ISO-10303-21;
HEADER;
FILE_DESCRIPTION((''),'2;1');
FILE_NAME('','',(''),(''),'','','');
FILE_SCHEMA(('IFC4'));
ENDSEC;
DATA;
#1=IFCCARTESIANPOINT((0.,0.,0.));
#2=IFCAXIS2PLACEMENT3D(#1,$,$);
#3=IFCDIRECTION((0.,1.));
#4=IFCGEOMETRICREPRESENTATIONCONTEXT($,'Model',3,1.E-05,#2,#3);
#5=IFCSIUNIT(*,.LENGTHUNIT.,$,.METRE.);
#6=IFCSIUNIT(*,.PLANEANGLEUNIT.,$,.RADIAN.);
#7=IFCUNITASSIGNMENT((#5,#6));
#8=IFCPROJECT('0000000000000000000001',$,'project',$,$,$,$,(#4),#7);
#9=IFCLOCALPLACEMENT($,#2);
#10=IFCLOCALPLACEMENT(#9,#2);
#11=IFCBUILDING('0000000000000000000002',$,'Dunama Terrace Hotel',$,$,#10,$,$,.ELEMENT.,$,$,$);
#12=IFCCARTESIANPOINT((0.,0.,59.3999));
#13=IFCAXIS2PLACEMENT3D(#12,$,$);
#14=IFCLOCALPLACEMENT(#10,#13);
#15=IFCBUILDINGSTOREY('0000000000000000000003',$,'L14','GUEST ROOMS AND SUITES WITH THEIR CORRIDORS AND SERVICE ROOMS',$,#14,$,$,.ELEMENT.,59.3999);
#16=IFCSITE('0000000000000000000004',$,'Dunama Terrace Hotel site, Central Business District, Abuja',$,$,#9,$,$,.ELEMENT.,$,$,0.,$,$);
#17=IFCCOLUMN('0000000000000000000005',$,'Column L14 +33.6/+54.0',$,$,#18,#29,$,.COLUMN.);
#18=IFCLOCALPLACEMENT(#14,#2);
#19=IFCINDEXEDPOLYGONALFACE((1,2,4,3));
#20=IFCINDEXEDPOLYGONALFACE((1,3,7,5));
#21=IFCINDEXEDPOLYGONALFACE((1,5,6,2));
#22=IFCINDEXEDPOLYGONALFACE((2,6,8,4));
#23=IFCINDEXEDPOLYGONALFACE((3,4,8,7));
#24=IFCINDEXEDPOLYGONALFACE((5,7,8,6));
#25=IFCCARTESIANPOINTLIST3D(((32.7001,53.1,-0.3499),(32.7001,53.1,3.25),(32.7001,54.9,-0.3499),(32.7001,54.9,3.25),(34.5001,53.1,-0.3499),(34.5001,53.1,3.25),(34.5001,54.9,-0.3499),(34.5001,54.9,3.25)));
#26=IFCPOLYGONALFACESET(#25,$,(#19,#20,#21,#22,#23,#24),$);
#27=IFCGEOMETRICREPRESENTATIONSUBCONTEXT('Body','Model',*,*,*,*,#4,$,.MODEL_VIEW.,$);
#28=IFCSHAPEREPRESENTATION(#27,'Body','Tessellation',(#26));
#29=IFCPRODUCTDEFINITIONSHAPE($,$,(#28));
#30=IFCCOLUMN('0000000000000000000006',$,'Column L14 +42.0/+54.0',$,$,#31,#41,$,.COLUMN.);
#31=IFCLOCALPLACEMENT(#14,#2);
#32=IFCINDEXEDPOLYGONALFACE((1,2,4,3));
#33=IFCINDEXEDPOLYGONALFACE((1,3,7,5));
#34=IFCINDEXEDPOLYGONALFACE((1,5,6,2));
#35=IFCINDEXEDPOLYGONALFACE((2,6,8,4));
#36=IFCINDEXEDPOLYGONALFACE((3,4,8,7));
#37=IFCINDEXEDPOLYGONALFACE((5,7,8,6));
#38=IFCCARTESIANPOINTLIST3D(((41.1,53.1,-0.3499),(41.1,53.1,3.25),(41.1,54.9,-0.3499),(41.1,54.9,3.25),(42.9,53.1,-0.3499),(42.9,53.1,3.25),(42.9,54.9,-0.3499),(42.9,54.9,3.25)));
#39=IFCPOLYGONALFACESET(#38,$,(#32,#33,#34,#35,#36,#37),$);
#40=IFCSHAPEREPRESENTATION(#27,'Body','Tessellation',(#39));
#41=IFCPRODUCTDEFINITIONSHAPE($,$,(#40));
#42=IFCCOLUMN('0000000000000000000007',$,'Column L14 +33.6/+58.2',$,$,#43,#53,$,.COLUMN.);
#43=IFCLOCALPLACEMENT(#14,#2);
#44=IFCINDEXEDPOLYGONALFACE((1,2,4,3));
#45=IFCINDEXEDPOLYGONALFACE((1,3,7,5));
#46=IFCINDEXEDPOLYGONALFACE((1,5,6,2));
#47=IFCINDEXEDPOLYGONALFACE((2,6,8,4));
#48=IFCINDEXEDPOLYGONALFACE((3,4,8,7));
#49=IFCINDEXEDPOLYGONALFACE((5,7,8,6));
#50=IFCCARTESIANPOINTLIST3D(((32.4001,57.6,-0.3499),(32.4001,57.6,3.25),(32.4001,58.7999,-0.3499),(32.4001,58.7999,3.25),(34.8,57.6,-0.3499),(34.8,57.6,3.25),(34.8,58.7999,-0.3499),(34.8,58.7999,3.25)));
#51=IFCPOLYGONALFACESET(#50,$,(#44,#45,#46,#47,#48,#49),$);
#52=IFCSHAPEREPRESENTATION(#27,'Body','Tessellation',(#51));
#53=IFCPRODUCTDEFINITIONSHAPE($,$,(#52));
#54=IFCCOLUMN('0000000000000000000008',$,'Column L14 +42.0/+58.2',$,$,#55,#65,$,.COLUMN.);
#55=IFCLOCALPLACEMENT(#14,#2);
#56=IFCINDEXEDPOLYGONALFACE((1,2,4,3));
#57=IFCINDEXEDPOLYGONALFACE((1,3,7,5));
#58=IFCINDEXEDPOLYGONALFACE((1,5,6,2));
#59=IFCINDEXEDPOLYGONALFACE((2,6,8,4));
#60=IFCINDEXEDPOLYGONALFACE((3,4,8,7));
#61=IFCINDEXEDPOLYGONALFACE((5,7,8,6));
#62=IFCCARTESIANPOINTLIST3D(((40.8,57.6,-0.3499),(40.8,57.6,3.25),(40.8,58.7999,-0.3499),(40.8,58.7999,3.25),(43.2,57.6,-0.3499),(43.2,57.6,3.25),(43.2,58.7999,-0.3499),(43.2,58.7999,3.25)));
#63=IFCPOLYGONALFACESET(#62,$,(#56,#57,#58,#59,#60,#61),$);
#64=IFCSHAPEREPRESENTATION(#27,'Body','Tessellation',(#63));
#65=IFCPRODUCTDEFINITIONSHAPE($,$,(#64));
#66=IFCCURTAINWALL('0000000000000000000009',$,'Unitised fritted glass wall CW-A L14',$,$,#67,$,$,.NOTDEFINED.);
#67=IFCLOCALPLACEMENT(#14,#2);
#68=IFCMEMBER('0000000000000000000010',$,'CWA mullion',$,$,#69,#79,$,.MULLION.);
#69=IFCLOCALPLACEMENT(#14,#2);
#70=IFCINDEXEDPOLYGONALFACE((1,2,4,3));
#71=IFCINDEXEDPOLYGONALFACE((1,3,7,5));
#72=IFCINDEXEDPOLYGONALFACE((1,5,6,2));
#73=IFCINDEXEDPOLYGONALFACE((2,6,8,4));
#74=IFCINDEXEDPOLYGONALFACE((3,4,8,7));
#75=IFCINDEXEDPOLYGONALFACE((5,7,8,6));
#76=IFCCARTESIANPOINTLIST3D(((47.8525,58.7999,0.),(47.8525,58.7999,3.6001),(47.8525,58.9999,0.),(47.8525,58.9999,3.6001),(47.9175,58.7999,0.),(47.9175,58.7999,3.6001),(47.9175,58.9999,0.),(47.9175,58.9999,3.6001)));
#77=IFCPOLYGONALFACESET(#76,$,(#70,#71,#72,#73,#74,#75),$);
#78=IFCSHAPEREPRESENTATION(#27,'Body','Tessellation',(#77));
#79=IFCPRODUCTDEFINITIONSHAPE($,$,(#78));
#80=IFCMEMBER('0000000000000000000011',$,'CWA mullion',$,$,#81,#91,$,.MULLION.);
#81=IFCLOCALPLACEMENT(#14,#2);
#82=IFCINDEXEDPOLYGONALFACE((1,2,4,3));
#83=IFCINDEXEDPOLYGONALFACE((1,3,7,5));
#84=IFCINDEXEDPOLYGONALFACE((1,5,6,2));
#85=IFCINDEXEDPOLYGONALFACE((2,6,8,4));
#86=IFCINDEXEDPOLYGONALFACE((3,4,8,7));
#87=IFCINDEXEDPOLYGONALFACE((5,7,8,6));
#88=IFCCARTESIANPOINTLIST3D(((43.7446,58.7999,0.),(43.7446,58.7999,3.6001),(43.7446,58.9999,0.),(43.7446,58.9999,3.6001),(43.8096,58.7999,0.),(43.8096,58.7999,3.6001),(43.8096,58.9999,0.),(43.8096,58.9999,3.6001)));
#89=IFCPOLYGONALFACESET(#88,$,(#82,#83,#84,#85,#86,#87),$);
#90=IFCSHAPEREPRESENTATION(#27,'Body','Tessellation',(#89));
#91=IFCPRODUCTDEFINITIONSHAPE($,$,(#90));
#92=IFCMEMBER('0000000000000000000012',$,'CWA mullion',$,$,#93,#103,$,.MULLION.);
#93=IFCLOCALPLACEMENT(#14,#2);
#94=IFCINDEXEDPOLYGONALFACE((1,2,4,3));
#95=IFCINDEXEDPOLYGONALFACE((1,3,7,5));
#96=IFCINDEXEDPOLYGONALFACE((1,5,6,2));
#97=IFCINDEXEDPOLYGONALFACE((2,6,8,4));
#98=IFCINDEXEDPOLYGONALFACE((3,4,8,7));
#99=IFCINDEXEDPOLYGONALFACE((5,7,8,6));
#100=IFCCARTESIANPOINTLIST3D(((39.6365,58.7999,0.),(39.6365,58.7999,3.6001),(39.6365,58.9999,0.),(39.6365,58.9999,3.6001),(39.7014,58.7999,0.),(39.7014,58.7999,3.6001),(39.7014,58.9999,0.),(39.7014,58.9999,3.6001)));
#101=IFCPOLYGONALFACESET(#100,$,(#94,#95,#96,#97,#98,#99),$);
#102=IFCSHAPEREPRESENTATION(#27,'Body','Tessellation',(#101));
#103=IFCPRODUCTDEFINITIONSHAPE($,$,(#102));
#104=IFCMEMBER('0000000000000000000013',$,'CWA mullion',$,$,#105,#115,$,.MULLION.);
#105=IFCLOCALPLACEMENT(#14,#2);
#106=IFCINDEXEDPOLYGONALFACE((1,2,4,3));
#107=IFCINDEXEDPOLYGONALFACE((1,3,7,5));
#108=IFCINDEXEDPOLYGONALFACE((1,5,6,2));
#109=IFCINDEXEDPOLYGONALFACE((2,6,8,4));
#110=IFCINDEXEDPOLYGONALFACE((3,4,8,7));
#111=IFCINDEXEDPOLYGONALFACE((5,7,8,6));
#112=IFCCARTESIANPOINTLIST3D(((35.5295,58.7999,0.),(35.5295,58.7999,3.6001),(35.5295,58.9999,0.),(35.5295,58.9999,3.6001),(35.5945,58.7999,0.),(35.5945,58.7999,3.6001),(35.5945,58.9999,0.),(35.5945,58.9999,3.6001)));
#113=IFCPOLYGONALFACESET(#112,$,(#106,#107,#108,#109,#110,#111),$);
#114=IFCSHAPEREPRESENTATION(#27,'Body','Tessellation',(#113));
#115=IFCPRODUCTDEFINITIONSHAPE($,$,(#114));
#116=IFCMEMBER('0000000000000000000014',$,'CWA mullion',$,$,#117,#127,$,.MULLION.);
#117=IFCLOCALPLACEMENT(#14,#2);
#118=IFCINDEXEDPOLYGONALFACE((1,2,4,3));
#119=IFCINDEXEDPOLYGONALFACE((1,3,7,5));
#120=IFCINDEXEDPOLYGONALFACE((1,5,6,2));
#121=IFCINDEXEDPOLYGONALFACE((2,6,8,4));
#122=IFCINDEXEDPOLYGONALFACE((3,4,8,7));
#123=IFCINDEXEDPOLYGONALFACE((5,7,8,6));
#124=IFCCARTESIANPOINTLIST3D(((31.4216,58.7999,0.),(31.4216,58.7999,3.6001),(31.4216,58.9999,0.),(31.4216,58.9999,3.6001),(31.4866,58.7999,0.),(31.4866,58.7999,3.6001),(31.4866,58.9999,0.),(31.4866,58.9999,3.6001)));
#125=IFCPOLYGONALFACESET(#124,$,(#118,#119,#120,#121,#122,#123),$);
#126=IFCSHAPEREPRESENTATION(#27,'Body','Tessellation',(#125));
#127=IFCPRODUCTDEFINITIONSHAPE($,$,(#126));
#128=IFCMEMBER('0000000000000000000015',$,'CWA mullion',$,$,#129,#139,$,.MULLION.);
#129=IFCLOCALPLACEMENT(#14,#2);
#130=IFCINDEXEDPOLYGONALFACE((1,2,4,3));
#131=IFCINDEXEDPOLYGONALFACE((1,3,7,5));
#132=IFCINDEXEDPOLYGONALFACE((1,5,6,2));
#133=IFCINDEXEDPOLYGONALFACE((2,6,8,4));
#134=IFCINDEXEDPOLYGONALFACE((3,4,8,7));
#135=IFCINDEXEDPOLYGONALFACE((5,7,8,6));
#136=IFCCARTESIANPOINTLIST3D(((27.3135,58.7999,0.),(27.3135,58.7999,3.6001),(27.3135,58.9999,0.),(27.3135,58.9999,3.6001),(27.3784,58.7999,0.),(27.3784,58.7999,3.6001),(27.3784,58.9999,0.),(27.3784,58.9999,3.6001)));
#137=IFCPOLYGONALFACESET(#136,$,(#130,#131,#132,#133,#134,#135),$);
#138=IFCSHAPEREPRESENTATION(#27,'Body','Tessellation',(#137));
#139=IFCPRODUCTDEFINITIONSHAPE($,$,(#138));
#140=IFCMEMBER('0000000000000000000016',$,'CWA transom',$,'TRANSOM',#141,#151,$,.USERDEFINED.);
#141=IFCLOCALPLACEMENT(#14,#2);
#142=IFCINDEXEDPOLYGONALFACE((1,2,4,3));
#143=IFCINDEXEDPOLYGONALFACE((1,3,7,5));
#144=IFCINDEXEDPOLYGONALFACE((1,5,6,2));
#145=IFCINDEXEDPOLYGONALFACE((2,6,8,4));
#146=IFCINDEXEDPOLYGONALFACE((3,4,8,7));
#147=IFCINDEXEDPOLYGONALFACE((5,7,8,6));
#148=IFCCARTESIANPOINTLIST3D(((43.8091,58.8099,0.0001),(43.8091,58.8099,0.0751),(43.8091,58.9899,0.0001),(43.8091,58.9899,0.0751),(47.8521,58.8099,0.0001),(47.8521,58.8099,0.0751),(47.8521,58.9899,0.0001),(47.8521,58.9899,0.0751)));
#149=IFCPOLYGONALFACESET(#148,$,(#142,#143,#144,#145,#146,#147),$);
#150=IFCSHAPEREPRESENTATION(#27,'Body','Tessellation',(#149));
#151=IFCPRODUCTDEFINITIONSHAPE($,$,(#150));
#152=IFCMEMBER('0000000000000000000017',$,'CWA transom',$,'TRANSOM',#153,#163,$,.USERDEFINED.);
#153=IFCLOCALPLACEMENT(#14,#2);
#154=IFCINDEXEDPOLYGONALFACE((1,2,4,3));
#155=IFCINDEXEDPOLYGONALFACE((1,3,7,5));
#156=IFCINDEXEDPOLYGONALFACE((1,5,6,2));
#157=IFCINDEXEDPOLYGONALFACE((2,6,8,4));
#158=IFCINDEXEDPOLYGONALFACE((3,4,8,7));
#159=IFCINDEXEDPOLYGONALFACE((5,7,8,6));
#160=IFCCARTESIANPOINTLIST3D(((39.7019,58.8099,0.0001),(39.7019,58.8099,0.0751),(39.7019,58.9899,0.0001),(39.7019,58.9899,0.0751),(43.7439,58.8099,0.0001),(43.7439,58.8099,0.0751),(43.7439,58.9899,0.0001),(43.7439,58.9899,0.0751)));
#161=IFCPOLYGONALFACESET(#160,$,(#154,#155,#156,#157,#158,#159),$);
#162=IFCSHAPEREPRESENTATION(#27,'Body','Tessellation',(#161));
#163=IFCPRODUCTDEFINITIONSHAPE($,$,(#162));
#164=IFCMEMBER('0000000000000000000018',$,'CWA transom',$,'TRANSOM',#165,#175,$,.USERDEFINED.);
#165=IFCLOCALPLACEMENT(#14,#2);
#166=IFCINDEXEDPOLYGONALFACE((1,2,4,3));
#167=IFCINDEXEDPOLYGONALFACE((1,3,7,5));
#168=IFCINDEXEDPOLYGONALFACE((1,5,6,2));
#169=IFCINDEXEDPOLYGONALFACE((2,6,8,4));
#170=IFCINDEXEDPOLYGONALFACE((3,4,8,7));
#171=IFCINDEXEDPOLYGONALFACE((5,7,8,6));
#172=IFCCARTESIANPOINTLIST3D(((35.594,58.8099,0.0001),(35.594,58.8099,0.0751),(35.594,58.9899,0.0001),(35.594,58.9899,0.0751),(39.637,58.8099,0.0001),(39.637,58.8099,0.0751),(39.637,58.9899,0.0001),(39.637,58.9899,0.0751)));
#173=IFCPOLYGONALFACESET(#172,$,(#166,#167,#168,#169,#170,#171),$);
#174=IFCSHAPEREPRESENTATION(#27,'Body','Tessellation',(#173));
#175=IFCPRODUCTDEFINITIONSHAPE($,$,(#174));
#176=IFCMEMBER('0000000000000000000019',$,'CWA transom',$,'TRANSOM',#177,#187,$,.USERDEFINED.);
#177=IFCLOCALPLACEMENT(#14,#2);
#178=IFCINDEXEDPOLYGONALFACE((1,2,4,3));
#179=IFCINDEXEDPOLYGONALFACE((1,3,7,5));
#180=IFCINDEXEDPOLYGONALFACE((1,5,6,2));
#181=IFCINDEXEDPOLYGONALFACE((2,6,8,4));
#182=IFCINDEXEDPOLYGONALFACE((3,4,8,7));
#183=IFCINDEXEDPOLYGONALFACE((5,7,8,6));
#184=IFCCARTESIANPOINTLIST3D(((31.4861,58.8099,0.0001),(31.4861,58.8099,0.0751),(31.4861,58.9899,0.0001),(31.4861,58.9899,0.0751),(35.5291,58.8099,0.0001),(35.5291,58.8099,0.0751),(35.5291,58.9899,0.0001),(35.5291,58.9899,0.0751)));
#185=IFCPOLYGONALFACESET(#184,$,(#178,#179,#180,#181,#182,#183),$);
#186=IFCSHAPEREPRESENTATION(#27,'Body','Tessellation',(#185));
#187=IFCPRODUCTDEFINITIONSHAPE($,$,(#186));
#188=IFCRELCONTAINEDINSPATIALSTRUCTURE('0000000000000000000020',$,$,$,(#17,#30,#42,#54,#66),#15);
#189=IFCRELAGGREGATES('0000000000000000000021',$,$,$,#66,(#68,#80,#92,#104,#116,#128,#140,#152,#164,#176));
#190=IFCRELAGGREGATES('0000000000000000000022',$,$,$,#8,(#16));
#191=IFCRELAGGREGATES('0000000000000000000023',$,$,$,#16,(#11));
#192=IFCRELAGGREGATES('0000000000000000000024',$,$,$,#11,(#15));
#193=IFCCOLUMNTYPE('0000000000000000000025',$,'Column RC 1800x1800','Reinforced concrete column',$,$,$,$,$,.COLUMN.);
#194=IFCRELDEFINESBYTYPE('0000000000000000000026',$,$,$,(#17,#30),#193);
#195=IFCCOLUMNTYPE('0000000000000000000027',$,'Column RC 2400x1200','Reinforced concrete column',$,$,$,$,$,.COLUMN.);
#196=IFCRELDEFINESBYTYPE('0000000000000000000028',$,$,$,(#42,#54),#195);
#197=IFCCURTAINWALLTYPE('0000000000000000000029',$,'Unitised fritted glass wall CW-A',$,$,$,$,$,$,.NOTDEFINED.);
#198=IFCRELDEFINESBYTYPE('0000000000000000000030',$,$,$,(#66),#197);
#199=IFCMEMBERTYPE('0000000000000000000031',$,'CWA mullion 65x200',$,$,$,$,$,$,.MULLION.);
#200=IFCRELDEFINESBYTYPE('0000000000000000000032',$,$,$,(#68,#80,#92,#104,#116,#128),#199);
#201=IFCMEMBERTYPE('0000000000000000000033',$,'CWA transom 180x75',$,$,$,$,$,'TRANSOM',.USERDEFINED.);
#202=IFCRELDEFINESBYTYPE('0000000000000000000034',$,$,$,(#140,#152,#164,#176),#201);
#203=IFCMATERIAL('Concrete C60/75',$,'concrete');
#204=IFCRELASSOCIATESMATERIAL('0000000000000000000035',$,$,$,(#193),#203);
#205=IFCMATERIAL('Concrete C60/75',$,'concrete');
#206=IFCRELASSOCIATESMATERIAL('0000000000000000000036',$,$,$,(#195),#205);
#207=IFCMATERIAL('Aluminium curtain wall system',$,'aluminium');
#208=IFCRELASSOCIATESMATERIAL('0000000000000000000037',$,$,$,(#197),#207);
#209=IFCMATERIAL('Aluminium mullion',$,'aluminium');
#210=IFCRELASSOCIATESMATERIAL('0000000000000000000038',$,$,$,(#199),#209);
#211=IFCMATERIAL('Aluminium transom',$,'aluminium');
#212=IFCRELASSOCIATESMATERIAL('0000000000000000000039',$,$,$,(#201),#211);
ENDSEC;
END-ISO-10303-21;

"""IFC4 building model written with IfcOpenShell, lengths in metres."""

from ifc_helpers import new_model, si_unit, direction, frame, origin, origin_2d, place, context, subcontext, project, spatial, rectangle, extrude, material, material_profile, profile_set, type_object, element, aggregate, save


model = new_model("IFC4")

# Units and contexts
model_context = context("Model", 3, precision=1e-05, world=origin(), true_north=direction((0.0, 1.0)))
body_context = subcontext(model_context, "Body", "Model", "MODEL_VIEW")
ifc_project = project(units=[si_unit("LENGTHUNIT", "METRE"), si_unit("PLANEANGLEUNIT", "RADIAN")], contexts=[model_context])

# Site, building, storey
site_placement = place(None, origin())
site = spatial("IfcSite", under=ifc_project, at=site_placement, Name="Dunama Terrace Hotel site, Central Business District, Abuja", CompositionType="ELEMENT", RefElevation=0.0)
building_placement = place(site_placement, origin())
building = spatial("IfcBuilding", under=site, at=building_placement, Name="Dunama Terrace Hotel", CompositionType="ELEMENT")
storey_placement = place(building_placement, frame((0.0, 0.0, 59.3999)))
storey = spatial("IfcBuildingStorey", under=building, at=storey_placement, Name="L14", Description="GUEST ROOMS AND SUITES WITH THEIR CORRIDORS AND SERVICE ROOMS", CompositionType="ELEMENT", Elevation=59.3999)

# Columns
ifc_material_1 = material(Name="Concrete C60/75", Category="concrete")
ifc_material_profile_1 = material_profile(ifc_material_1, rectangle(XDim=1.8, YDim=1.8, at=origin_2d()), Name="RC 1800x1800")
ifc_profile_set_1 = profile_set([ifc_material_profile_1], Name="Concrete C60/75")
column_type_1 = type_object("IfcColumnType", Name="Column RC 1800x1800", Description="Reinforced concrete column", PredefinedType="COLUMN", material=ifc_profile_set_1)
for number, where, z_axis, x_axis, name in (
    (1, (33.6001, 54.0, -0.3499), (0.0, 0.0, 1.0), (1.0, 0.0, 0.0), "Column L14 +33.6/+54.0"),
    (2, (42.0, 54.0, -0.3499), (0.0, 0.0, 1.0), (1.0, 0.0, 0.0), "Column L14 +42.0/+54.0"),
):
    element("IfcColumn", number, at=place(storey_placement, frame(where, z_axis=z_axis, x_axis=x_axis)), inside=storey, type_object=column_type_1, Name=name, PredefinedType="COLUMN", context=body_context, shape_type="SweptSolid", body=[
        extrude(rectangle(XDim=1.8, YDim=1.8, at=origin_2d()), origin(), (0.0, 0.0, 1.0), 3.5999),
    ])
ifc_material_2 = material(Name="Concrete C60/75", Category="concrete")
ifc_material_profile_2 = material_profile(ifc_material_2, rectangle(XDim=2.3999, YDim=1.2, at=origin_2d()), Name="RC 2400x1200")
ifc_profile_set_2 = profile_set([ifc_material_profile_2], Name="Concrete C60/75")
column_type_2 = type_object("IfcColumnType", Name="Column RC 2400x1200", Description="Reinforced concrete column", PredefinedType="COLUMN", material=ifc_profile_set_2)
for number, where, z_axis, x_axis, name in (
    (3, (33.6001, 58.2, -0.3499), (0.0, 0.0, 1.0), (1.0, 0.0, 0.0), "Column L14 +33.6/+58.2"),
    (4, (42.0, 58.2, -0.3499), (0.0, 0.0, 1.0), (1.0, 0.0, 0.0), "Column L14 +42.0/+58.2"),
):
    element("IfcColumn", number, at=place(storey_placement, frame(where, z_axis=z_axis, x_axis=x_axis)), inside=storey, type_object=column_type_2, Name=name, PredefinedType="COLUMN", context=body_context, shape_type="SweptSolid", body=[
        extrude(rectangle(XDim=2.3999, YDim=1.2, at=origin_2d()), origin(), (0.0, 0.0, 1.0), 3.5999),
    ])

# Curtain wall, members
ifc_material_3 = material(Name="Aluminium curtain wall system", Category="aluminium")
curtain_wall_type = type_object("IfcCurtainWallType", Name="Unitised fritted glass wall CW-A", PredefinedType="NOTDEFINED", material=ifc_material_3)
curtain_wall_placement = place(storey_placement, origin())
curtain_wall = element("IfcCurtainWall", 5, at=curtain_wall_placement, inside=storey, type_object=curtain_wall_type, Name="Unitised fritted glass wall CW-A L14", PredefinedType="NOTDEFINED")
ifc_material_4 = material(Name="Aluminium mullion", Category="aluminium")
ifc_material_profile_3 = material_profile(ifc_material_4, rectangle(XDim=0.0649, YDim=0.2, at=origin_2d()), Name="CWA MULLION 65X200")
ifc_profile_set_3 = profile_set([ifc_material_profile_3], Name="Aluminium mullion")
member_type_1 = type_object("IfcMemberType", Name="CWA mullion 65x200", PredefinedType="MULLION", material=ifc_profile_set_3)
member_1_placement = place(storey_placement, frame((47.885, 58.8999, 0.0), z_axis=(0.0, 0.0, 1.0), x_axis=(-1.0, 0.0, 0.0)))
member_1 = element("IfcMember", 6, at=member_1_placement, type_object=member_type_1, Name="CWA mullion", PredefinedType="MULLION", context=body_context, shape_type="SweptSolid", body=[
    extrude(rectangle(XDim=0.0649, YDim=0.2, at=origin_2d()), origin(), (0.0, 0.0, 1.0), 3.6001),
])
member_2_placement = place(storey_placement, frame((43.7771, 58.8999, 0.0), z_axis=(0.0, 0.0, 1.0), x_axis=(-1.0, 0.0, 0.0)))
member_2 = element("IfcMember", 7, at=member_2_placement, type_object=member_type_1, Name="CWA mullion", PredefinedType="MULLION", context=body_context, shape_type="SweptSolid", body=[
    extrude(rectangle(XDim=0.0649, YDim=0.2, at=origin_2d()), origin(), (0.0, 0.0, 1.0), 3.6001),
])
member_3_placement = place(storey_placement, frame((39.6689, 58.8999, 0.0), z_axis=(0.0, 0.0, 1.0), x_axis=(-1.0, 0.0, 0.0)))
member_3 = element("IfcMember", 8, at=member_3_placement, type_object=member_type_1, Name="CWA mullion", PredefinedType="MULLION", context=body_context, shape_type="SweptSolid", body=[
    extrude(rectangle(XDim=0.0649, YDim=0.2, at=origin_2d()), origin(), (0.0, 0.0, 1.0), 3.6001),
])
member_4_placement = place(storey_placement, frame((35.562, 58.8999, 0.0), z_axis=(0.0, 0.0, 1.0), x_axis=(-1.0, 0.0, 0.0)))
member_4 = element("IfcMember", 9, at=member_4_placement, type_object=member_type_1, Name="CWA mullion", PredefinedType="MULLION", context=body_context, shape_type="SweptSolid", body=[
    extrude(rectangle(XDim=0.0649, YDim=0.2, at=origin_2d()), origin(), (0.0, 0.0, 1.0), 3.6001),
])
member_5_placement = place(storey_placement, frame((31.4541, 58.8999, 0.0), z_axis=(0.0, 0.0, 1.0), x_axis=(-1.0, 0.0, 0.0)))
member_5 = element("IfcMember", 10, at=member_5_placement, type_object=member_type_1, Name="CWA mullion", PredefinedType="MULLION", context=body_context, shape_type="SweptSolid", body=[
    extrude(rectangle(XDim=0.0649, YDim=0.2, at=origin_2d()), origin(), (0.0, 0.0, 1.0), 3.6001),
])
member_6_placement = place(storey_placement, frame((27.3459, 58.8999, 0.0), z_axis=(0.0, 0.0, 1.0), x_axis=(-1.0, 0.0, 0.0)))
member_6 = element("IfcMember", 11, at=member_6_placement, type_object=member_type_1, Name="CWA mullion", PredefinedType="MULLION", context=body_context, shape_type="SweptSolid", body=[
    extrude(rectangle(XDim=0.0649, YDim=0.2, at=origin_2d()), origin(), (0.0, 0.0, 1.0), 3.6001),
])
ifc_material_5 = material(Name="Aluminium transom", Category="aluminium")
ifc_material_profile_4 = material_profile(ifc_material_5, rectangle(XDim=0.1799, YDim=0.075, at=origin_2d()), Name="CWA TRANSOM 180X75")
ifc_profile_set_4 = profile_set([ifc_material_profile_4], Name="Aluminium transom")
member_type_2 = type_object("IfcMemberType", Name="CWA transom 180x75", ElementType="TRANSOM", PredefinedType="USERDEFINED", material=ifc_profile_set_4)
member_7_placement = place(storey_placement, frame((47.8521, 58.8999, 0.0376), z_axis=(-1.0, 0.0, 0.0), x_axis=(0.0, -1.0, 0.0)))
member_7 = element("IfcMember", 12, at=member_7_placement, type_object=member_type_2, Name="CWA transom", ObjectType="TRANSOM", PredefinedType="USERDEFINED", context=body_context, shape_type="SweptSolid", body=[
    extrude(rectangle(XDim=0.1799, YDim=0.075, at=origin_2d()), origin(), (0.0, 0.0, 1.0), 4.043),
])
member_8_placement = place(storey_placement, frame((43.7439, 58.8999, 0.0376), z_axis=(-1.0, 0.0, 0.0), x_axis=(0.0, -1.0, 0.0)))
member_8 = element("IfcMember", 13, at=member_8_placement, type_object=member_type_2, Name="CWA transom", ObjectType="TRANSOM", PredefinedType="USERDEFINED", context=body_context, shape_type="SweptSolid", body=[
    extrude(rectangle(XDim=0.1799, YDim=0.075, at=origin_2d()), origin(), (0.0, 0.0, 1.0), 4.042),
])
member_9_placement = place(storey_placement, frame((39.637, 58.8999, 0.0376), z_axis=(-1.0, 0.0, 0.0), x_axis=(0.0, -1.0, 0.0)))
member_9 = element("IfcMember", 14, at=member_9_placement, type_object=member_type_2, Name="CWA transom", ObjectType="TRANSOM", PredefinedType="USERDEFINED", context=body_context, shape_type="SweptSolid", body=[
    extrude(rectangle(XDim=0.1799, YDim=0.075, at=origin_2d()), origin(), (0.0, 0.0, 1.0), 4.043),
])
member_10_placement = place(storey_placement, frame((35.5291, 58.8999, 0.0376), z_axis=(-1.0, 0.0, 0.0), x_axis=(0.0, -1.0, 0.0)))
member_10 = element("IfcMember", 15, at=member_10_placement, type_object=member_type_2, Name="CWA transom", ObjectType="TRANSOM", PredefinedType="USERDEFINED", context=body_context, shape_type="SweptSolid", body=[
    extrude(rectangle(XDim=0.1799, YDim=0.075, at=origin_2d()), origin(), (0.0, 0.0, 1.0), 4.043),
])

aggregate(curtain_wall, [member_1, member_2, member_3, member_4, member_5, member_6, member_7, member_8, member_9, member_10])

save(model, "model.ifc")
